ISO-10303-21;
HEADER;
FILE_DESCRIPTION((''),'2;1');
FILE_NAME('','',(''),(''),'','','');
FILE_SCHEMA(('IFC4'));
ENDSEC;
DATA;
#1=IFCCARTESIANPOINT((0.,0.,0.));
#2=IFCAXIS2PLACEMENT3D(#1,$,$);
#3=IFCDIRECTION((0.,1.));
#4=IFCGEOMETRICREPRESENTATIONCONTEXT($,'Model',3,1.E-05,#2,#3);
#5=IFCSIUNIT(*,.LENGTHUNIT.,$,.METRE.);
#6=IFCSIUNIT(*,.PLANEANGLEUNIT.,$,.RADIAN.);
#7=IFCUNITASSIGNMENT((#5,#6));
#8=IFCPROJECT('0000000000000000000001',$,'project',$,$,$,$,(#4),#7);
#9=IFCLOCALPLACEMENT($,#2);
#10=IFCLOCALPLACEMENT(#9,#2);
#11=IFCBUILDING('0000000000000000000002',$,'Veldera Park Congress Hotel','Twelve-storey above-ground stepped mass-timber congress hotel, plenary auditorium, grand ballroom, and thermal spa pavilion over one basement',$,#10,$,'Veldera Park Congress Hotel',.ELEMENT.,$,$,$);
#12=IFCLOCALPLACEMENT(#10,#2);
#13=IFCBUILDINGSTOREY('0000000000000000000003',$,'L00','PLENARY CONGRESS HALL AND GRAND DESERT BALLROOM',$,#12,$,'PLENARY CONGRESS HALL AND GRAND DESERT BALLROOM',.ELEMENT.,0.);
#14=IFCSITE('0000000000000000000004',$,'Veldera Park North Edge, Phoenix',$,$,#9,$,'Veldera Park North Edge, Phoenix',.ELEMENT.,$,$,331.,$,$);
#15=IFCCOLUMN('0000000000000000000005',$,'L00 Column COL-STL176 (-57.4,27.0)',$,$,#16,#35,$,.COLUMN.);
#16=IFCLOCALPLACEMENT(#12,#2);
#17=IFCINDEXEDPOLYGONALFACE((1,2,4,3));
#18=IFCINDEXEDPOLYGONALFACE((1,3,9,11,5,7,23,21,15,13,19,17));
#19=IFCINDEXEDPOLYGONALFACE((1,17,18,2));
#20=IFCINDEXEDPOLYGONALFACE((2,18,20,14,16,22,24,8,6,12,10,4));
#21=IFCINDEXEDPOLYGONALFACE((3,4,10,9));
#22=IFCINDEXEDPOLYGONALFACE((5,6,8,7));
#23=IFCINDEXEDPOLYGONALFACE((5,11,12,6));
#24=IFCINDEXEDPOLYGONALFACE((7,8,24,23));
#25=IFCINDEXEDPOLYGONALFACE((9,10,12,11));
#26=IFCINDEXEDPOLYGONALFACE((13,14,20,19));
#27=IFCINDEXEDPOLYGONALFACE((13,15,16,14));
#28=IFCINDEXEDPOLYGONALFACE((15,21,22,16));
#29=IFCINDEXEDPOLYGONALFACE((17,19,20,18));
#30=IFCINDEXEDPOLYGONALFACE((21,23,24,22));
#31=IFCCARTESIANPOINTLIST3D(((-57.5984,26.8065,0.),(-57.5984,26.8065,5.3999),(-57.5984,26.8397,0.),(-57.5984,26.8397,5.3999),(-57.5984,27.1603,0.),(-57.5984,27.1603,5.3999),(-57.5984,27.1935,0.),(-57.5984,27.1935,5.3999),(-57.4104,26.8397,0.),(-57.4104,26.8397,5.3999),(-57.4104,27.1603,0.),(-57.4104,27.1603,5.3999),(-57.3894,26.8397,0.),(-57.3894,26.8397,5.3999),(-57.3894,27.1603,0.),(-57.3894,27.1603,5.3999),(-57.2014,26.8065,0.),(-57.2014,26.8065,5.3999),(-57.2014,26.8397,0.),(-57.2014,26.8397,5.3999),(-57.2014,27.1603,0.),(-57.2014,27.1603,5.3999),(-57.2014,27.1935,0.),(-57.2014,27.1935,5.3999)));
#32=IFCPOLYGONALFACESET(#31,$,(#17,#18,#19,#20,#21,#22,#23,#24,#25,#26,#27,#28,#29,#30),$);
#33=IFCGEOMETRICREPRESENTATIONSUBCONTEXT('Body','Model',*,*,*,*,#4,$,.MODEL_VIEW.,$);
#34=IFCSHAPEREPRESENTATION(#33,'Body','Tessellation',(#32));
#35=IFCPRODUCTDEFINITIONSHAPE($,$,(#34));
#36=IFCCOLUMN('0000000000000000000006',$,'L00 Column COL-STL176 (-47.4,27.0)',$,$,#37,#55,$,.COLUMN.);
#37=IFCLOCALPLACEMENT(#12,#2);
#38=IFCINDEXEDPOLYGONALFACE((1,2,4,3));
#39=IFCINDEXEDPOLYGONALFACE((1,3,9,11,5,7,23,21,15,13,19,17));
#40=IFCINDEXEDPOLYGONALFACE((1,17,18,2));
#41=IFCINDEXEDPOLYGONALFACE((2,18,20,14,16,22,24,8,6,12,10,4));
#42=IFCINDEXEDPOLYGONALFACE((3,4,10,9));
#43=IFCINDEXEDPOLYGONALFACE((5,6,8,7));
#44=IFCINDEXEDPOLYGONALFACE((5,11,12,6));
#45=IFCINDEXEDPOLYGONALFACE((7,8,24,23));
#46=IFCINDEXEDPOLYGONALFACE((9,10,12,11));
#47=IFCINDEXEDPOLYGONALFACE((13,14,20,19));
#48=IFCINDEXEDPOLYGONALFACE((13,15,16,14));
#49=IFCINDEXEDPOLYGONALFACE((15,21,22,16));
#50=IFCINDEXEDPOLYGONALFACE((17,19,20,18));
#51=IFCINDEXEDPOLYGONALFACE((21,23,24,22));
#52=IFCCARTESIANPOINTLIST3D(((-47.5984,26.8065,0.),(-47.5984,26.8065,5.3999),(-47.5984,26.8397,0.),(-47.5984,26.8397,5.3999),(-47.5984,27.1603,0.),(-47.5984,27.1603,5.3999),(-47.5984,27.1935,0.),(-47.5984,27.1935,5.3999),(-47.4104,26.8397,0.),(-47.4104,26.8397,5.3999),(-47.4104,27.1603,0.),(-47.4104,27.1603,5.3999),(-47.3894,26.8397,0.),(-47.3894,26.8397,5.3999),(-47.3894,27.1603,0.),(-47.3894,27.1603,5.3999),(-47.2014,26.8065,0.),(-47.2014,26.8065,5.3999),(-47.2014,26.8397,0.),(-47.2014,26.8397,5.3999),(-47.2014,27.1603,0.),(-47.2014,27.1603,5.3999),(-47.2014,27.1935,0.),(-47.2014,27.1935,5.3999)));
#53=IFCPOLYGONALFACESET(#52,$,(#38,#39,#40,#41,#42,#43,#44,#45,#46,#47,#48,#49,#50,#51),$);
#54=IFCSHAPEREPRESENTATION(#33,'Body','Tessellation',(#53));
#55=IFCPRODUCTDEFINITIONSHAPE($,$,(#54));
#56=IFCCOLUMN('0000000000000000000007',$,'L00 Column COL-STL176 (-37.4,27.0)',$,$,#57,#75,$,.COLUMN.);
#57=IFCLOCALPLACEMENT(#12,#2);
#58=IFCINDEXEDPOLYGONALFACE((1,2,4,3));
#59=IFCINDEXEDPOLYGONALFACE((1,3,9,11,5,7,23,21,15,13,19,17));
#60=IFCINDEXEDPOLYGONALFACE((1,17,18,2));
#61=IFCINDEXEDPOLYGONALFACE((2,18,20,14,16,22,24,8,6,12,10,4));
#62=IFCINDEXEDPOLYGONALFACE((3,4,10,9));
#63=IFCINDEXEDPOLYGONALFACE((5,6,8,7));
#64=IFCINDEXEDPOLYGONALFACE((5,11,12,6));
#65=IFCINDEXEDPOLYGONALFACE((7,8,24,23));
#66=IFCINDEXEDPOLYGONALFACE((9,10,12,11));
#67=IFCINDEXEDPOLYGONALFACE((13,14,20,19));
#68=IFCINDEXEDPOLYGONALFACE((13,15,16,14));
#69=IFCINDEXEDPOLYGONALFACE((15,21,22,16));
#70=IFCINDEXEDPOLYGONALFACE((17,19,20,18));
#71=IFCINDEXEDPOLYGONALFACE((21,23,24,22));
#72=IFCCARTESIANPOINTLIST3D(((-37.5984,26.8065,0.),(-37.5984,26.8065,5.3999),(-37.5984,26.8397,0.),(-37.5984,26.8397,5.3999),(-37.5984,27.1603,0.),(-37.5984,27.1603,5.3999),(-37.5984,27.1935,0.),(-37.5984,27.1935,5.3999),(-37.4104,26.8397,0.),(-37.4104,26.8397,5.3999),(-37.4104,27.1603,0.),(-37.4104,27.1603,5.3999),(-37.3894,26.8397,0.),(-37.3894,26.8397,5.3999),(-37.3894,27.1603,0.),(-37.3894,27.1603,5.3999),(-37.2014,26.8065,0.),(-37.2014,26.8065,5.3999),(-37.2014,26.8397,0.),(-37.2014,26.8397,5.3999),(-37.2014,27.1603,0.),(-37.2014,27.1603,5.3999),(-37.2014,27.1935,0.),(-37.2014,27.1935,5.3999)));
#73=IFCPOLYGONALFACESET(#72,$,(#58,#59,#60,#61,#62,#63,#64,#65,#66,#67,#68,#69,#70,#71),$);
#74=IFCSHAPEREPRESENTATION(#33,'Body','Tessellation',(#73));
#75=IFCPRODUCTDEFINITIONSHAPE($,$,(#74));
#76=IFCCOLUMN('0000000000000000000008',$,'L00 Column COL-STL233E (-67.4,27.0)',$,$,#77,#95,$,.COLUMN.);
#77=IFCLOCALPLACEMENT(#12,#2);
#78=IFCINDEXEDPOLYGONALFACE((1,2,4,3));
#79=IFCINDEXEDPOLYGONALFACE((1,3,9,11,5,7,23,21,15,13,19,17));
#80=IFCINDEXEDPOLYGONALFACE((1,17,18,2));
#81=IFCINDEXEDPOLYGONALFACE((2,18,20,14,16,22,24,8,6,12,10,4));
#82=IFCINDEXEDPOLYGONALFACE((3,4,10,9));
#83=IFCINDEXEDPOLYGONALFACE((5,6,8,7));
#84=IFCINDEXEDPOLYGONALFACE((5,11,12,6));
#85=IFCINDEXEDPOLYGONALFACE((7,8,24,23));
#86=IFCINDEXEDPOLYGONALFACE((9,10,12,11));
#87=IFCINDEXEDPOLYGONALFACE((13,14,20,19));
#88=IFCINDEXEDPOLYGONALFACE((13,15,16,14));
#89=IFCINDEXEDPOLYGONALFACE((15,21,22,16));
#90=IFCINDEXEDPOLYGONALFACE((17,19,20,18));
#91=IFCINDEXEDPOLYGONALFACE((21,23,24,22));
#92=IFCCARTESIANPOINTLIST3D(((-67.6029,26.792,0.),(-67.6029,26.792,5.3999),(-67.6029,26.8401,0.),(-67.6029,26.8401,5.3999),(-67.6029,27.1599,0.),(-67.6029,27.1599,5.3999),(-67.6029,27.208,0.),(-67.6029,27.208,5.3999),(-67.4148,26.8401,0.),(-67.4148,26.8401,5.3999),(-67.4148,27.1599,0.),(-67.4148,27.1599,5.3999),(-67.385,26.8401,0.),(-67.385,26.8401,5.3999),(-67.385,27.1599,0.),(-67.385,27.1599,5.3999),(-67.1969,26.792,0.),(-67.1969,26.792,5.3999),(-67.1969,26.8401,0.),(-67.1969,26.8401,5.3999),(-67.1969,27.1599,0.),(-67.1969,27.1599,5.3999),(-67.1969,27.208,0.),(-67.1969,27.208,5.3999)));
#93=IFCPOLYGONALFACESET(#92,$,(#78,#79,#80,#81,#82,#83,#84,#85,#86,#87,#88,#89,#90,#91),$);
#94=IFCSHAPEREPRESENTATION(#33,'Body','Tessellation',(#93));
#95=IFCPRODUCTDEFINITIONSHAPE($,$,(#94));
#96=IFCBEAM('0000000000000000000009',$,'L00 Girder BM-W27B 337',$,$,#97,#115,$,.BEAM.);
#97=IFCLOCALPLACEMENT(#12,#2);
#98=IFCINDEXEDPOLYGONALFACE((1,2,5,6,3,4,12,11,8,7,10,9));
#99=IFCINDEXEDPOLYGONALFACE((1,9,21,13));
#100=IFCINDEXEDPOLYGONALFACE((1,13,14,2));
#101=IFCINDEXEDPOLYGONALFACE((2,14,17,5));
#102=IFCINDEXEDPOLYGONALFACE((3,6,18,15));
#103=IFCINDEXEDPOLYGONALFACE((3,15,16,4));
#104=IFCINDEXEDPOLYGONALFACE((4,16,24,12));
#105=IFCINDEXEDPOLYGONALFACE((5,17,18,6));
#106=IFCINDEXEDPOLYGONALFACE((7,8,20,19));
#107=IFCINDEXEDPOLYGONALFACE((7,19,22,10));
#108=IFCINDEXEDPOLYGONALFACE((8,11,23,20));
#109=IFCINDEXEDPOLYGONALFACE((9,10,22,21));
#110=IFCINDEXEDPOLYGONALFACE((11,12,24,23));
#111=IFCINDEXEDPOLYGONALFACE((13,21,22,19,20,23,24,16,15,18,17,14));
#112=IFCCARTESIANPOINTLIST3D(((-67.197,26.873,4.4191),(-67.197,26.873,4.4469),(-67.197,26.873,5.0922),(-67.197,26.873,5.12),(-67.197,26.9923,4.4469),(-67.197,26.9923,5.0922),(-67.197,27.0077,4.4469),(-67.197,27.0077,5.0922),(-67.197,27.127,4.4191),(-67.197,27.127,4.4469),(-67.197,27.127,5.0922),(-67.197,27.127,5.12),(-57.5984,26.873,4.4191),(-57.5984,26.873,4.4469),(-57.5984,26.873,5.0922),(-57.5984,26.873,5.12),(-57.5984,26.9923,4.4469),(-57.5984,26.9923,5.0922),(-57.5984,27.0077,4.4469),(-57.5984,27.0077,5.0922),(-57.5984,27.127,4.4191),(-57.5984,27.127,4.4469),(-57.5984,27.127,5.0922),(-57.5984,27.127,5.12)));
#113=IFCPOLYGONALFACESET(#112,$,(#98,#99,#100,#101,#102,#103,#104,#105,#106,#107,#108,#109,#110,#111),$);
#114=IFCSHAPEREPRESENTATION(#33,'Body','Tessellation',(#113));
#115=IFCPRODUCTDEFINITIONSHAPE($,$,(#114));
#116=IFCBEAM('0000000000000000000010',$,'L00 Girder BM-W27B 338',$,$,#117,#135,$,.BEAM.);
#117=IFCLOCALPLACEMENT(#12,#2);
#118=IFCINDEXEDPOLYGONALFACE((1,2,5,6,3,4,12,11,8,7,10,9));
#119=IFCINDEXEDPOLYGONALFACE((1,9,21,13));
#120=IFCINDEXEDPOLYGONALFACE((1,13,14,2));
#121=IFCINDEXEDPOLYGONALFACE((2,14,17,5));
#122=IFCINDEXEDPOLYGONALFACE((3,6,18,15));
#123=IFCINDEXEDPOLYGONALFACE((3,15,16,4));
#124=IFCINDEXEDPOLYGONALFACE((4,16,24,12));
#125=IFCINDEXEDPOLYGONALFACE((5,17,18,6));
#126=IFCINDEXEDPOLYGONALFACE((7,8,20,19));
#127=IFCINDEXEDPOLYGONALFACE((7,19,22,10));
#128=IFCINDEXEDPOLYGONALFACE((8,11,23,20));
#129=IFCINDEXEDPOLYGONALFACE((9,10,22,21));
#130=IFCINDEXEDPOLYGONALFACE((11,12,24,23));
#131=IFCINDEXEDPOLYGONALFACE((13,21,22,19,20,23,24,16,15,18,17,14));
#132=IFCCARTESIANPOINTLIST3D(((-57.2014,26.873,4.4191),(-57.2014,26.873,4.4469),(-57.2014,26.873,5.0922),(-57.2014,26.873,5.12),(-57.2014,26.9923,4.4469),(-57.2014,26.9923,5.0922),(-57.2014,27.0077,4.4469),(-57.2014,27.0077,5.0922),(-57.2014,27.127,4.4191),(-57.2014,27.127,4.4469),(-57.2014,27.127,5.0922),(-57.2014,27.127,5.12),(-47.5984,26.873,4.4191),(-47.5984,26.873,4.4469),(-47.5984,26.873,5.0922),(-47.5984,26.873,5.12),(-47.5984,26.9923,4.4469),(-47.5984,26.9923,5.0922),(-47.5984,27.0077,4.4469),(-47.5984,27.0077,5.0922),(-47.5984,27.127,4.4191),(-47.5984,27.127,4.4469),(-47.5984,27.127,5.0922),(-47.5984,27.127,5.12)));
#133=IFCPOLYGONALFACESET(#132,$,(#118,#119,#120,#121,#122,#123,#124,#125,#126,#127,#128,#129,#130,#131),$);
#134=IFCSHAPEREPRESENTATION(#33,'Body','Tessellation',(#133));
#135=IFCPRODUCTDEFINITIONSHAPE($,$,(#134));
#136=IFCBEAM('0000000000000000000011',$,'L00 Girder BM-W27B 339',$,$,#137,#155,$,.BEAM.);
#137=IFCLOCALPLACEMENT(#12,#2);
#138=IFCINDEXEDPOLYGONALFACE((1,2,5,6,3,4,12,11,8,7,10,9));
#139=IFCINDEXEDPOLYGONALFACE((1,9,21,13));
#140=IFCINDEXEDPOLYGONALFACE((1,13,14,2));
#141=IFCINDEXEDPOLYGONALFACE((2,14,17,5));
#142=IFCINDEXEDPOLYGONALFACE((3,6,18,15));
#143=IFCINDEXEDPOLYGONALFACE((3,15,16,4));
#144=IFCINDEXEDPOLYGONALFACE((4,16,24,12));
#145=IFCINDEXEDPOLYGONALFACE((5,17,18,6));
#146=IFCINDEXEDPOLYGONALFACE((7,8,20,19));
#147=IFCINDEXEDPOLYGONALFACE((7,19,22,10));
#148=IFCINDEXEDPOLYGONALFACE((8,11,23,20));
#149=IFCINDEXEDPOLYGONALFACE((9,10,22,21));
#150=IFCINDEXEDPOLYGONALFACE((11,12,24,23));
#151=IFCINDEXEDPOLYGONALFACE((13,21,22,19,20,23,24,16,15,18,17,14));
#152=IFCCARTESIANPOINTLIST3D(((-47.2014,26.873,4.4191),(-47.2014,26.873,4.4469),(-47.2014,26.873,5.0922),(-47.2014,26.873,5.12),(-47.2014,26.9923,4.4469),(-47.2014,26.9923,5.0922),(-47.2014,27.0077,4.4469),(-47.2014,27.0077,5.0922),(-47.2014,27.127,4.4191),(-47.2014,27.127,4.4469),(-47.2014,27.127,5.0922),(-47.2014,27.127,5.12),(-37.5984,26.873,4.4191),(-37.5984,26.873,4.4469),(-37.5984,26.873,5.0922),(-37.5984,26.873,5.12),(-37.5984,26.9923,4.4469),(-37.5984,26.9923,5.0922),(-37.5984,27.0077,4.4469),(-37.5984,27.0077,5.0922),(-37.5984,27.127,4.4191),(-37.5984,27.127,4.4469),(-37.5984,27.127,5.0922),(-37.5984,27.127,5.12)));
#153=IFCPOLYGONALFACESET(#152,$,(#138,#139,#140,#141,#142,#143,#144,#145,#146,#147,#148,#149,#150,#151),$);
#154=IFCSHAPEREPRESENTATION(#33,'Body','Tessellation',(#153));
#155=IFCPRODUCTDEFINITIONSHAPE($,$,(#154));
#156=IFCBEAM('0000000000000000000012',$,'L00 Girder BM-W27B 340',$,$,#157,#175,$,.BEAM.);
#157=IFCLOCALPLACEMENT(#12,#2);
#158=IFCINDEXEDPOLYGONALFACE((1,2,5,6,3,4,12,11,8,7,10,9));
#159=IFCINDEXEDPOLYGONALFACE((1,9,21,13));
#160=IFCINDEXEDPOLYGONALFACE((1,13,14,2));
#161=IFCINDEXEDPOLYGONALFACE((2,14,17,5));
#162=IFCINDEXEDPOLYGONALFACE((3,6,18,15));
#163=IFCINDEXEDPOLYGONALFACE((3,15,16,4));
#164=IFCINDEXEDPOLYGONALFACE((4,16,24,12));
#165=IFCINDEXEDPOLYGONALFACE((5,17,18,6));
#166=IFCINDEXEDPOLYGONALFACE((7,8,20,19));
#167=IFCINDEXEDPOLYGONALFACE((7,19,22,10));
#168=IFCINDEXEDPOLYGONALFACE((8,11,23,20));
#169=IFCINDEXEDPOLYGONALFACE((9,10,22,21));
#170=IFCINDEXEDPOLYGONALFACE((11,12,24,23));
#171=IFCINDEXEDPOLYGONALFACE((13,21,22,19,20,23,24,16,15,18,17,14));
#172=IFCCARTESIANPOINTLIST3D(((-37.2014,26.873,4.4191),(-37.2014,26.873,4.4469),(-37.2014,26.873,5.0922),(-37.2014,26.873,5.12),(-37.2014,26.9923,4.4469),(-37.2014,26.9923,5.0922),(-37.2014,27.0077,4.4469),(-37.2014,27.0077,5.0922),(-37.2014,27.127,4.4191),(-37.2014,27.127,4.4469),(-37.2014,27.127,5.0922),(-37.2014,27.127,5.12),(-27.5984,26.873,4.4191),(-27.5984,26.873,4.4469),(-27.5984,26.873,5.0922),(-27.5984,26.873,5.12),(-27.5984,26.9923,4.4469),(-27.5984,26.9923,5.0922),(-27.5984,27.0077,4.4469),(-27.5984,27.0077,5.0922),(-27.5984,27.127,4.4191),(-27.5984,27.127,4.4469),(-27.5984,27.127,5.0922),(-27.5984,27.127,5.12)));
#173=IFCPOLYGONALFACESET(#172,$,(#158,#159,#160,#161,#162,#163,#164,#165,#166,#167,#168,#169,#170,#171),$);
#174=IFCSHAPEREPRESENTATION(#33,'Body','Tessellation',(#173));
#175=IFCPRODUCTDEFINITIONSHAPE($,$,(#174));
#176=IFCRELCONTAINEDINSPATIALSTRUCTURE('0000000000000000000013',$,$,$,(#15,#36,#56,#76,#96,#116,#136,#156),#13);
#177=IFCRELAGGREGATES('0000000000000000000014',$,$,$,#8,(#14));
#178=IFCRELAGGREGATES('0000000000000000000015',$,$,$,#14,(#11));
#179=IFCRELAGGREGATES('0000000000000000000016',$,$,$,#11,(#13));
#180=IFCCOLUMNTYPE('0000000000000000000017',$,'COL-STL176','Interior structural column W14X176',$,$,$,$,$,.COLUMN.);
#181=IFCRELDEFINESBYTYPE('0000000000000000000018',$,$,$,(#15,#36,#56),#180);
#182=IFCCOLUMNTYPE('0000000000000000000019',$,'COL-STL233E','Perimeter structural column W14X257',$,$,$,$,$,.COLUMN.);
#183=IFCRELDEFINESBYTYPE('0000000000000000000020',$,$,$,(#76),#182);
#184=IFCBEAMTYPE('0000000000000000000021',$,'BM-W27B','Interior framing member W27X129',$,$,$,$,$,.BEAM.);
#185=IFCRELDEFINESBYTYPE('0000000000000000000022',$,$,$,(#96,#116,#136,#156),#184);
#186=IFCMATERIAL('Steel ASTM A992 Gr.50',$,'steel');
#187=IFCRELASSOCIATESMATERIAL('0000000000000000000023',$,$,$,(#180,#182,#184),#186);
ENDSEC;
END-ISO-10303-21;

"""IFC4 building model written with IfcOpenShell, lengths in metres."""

from ifc_helpers import new_model, si_unit, direction, frame, origin, origin_2d, place, context, subcontext, project, spatial, i_section, extrude, material, material_profile, profile_set, type_object, element, save


model = new_model("IFC4")

# Units and contexts
model_context = context("Model", 3, precision=1e-05, world=origin(), true_north=direction((0.0, 1.0)))
body_context = subcontext(model_context, "Body", "Model", "MODEL_VIEW")
ifc_project = project(units=[si_unit("LENGTHUNIT", "METRE"), si_unit("PLANEANGLEUNIT", "RADIAN")], contexts=[model_context])

# Site, building, storey
site_placement = place(None, origin())
site = spatial("IfcSite", under=ifc_project, at=site_placement, Name="Veldera Park North Edge, Phoenix", LongName="Veldera Park North Edge, Phoenix", CompositionType="ELEMENT", RefElevation=331.0)
building_placement = place(site_placement, origin())
building = spatial("IfcBuilding", under=site, at=building_placement, Name="Veldera Park Congress Hotel", Description="Twelve-storey above-ground stepped mass-timber congress hotel, plenary auditorium, grand ballroom, and thermal spa pavilion over one basement", LongName="Veldera Park Congress Hotel", CompositionType="ELEMENT")
storey_placement = place(building_placement, origin())
storey = spatial("IfcBuildingStorey", under=building, at=storey_placement, Name="L00", Description="PLENARY CONGRESS HALL AND GRAND DESERT BALLROOM", LongName="PLENARY CONGRESS HALL AND GRAND DESERT BALLROOM", CompositionType="ELEMENT", Elevation=0.0)

# Columns
ifc_material_1 = material(Name="Steel ASTM A992 Gr.50", Category="steel")
ifc_material_profile_1 = material_profile(ifc_material_1, i_section(OverallWidth=0.397, OverallDepth=0.387, WebThickness=0.021, FlangeThickness=0.0332, at=origin_2d()), Name="W14X176")
ifc_profile_set_1 = profile_set([ifc_material_profile_1], Name="Steel ASTM A992 Gr.50")
column_type_1 = type_object("IfcColumnType", Name="COL-STL176", Description="Interior structural column W14X176", PredefinedType="COLUMN", material=ifc_profile_set_1)
for number, where, z_axis, x_axis, name in (
    (1, (-57.3999, 27.0, 0.0), (0.0, 0.0, 1.0), (1.0, 0.0, 0.0), "L00 Column COL-STL176 (-57.4,27.0)"),
    (2, (-47.3999, 27.0, 0.0), (0.0, 0.0, 1.0), (1.0, 0.0, 0.0), "L00 Column COL-STL176 (-47.4,27.0)"),
    (3, (-37.3999, 27.0, 0.0), (0.0, 0.0, 1.0), (1.0, 0.0, 0.0), "L00 Column COL-STL176 (-37.4,27.0)"),
):
    element("IfcColumn", number, at=place(storey_placement, frame(where, z_axis=z_axis, x_axis=x_axis)), inside=storey, type_object=column_type_1, Name=name, PredefinedType="COLUMN", context=body_context, shape_type="SweptSolid", body=[
        extrude(i_section(OverallWidth=0.397, OverallDepth=0.387, WebThickness=0.021, FlangeThickness=0.0332, at=origin_2d()), origin(), (0.0, 0.0, 1.0), 5.3999),
    ])
ifc_material_profile_2 = material_profile(ifc_material_1, i_section(OverallWidth=0.406, OverallDepth=0.416, WebThickness=0.0298, FlangeThickness=0.0481, at=origin_2d()), Name="W14X257")
ifc_profile_set_2 = profile_set([ifc_material_profile_2], Name="Steel ASTM A992 Gr.50")
column_type_2 = type_object("IfcColumnType", Name="COL-STL233E", Description="Perimeter structural column W14X257", PredefinedType="COLUMN", material=ifc_profile_set_2)
column_placement = place(storey_placement, frame((-67.3999, 27.0, 0.0), z_axis=(0.0, 0.0, 1.0), x_axis=(1.0, 0.0, 0.0)))
element("IfcColumn", 4, at=column_placement, inside=storey, type_object=column_type_2, Name="L00 Column COL-STL233E (-67.4,27.0)", PredefinedType="COLUMN", context=body_context, shape_type="SweptSolid", body=[
    extrude(i_section(OverallWidth=0.406, OverallDepth=0.416, WebThickness=0.0298, FlangeThickness=0.0481, at=origin_2d()), origin(), (0.0, 0.0, 1.0), 5.3999),
])

# Beams
ifc_material_profile_3 = material_profile(ifc_material_1, i_section(OverallWidth=0.2539, OverallDepth=0.7009, WebThickness=0.0154, FlangeThickness=0.0278, at=origin_2d()), Name="W27X129")
ifc_profile_set_3 = profile_set([ifc_material_profile_3], Name="Steel ASTM A992 Gr.50")
beam_type_1 = type_object("IfcBeamType", Name="BM-W27B", Description="Interior framing member W27X129", PredefinedType="BEAM", material=ifc_profile_set_3)
beam_placement = place(storey_placement, frame((-67.197, 27.0, 4.7695), z_axis=(1.0, 0.0, 0.0), x_axis=(0.0, 1.0, 0.0)))
element("IfcBeam", 5, at=beam_placement, inside=storey, type_object=beam_type_1, Name="L00 Girder BM-W27B 337", PredefinedType="BEAM", context=body_context, shape_type="SweptSolid", body=[
    extrude(i_section(OverallWidth=0.2539, OverallDepth=0.7009, WebThickness=0.0154, FlangeThickness=0.0278, at=origin_2d()), origin(), (0.0, 0.0, 1.0), 9.5986),
])
for number, where, z_axis, x_axis, name in (
    (6, (-57.2014, 27.0, 4.7695), (1.0, 0.0, 0.0), (0.0, 1.0, 0.0), "L00 Girder BM-W27B 338"),
    (7, (-47.2014, 27.0, 4.7695), (1.0, 0.0, 0.0), (0.0, 1.0, 0.0), "L00 Girder BM-W27B 339"),
    (8, (-37.2014, 27.0, 4.7695), (1.0, 0.0, 0.0), (0.0, 1.0, 0.0), "L00 Girder BM-W27B 340"),
):
    element("IfcBeam", number, at=place(storey_placement, frame(where, z_axis=z_axis, x_axis=x_axis)), inside=storey, type_object=beam_type_1, Name=name, PredefinedType="BEAM", context=body_context, shape_type="SweptSolid", body=[
        extrude(i_section(OverallWidth=0.2539, OverallDepth=0.7009, WebThickness=0.0154, FlangeThickness=0.0278, at=origin_2d()), origin(), (0.0, 0.0, 1.0), 9.603),
    ])

save(model, "model.ifc")
